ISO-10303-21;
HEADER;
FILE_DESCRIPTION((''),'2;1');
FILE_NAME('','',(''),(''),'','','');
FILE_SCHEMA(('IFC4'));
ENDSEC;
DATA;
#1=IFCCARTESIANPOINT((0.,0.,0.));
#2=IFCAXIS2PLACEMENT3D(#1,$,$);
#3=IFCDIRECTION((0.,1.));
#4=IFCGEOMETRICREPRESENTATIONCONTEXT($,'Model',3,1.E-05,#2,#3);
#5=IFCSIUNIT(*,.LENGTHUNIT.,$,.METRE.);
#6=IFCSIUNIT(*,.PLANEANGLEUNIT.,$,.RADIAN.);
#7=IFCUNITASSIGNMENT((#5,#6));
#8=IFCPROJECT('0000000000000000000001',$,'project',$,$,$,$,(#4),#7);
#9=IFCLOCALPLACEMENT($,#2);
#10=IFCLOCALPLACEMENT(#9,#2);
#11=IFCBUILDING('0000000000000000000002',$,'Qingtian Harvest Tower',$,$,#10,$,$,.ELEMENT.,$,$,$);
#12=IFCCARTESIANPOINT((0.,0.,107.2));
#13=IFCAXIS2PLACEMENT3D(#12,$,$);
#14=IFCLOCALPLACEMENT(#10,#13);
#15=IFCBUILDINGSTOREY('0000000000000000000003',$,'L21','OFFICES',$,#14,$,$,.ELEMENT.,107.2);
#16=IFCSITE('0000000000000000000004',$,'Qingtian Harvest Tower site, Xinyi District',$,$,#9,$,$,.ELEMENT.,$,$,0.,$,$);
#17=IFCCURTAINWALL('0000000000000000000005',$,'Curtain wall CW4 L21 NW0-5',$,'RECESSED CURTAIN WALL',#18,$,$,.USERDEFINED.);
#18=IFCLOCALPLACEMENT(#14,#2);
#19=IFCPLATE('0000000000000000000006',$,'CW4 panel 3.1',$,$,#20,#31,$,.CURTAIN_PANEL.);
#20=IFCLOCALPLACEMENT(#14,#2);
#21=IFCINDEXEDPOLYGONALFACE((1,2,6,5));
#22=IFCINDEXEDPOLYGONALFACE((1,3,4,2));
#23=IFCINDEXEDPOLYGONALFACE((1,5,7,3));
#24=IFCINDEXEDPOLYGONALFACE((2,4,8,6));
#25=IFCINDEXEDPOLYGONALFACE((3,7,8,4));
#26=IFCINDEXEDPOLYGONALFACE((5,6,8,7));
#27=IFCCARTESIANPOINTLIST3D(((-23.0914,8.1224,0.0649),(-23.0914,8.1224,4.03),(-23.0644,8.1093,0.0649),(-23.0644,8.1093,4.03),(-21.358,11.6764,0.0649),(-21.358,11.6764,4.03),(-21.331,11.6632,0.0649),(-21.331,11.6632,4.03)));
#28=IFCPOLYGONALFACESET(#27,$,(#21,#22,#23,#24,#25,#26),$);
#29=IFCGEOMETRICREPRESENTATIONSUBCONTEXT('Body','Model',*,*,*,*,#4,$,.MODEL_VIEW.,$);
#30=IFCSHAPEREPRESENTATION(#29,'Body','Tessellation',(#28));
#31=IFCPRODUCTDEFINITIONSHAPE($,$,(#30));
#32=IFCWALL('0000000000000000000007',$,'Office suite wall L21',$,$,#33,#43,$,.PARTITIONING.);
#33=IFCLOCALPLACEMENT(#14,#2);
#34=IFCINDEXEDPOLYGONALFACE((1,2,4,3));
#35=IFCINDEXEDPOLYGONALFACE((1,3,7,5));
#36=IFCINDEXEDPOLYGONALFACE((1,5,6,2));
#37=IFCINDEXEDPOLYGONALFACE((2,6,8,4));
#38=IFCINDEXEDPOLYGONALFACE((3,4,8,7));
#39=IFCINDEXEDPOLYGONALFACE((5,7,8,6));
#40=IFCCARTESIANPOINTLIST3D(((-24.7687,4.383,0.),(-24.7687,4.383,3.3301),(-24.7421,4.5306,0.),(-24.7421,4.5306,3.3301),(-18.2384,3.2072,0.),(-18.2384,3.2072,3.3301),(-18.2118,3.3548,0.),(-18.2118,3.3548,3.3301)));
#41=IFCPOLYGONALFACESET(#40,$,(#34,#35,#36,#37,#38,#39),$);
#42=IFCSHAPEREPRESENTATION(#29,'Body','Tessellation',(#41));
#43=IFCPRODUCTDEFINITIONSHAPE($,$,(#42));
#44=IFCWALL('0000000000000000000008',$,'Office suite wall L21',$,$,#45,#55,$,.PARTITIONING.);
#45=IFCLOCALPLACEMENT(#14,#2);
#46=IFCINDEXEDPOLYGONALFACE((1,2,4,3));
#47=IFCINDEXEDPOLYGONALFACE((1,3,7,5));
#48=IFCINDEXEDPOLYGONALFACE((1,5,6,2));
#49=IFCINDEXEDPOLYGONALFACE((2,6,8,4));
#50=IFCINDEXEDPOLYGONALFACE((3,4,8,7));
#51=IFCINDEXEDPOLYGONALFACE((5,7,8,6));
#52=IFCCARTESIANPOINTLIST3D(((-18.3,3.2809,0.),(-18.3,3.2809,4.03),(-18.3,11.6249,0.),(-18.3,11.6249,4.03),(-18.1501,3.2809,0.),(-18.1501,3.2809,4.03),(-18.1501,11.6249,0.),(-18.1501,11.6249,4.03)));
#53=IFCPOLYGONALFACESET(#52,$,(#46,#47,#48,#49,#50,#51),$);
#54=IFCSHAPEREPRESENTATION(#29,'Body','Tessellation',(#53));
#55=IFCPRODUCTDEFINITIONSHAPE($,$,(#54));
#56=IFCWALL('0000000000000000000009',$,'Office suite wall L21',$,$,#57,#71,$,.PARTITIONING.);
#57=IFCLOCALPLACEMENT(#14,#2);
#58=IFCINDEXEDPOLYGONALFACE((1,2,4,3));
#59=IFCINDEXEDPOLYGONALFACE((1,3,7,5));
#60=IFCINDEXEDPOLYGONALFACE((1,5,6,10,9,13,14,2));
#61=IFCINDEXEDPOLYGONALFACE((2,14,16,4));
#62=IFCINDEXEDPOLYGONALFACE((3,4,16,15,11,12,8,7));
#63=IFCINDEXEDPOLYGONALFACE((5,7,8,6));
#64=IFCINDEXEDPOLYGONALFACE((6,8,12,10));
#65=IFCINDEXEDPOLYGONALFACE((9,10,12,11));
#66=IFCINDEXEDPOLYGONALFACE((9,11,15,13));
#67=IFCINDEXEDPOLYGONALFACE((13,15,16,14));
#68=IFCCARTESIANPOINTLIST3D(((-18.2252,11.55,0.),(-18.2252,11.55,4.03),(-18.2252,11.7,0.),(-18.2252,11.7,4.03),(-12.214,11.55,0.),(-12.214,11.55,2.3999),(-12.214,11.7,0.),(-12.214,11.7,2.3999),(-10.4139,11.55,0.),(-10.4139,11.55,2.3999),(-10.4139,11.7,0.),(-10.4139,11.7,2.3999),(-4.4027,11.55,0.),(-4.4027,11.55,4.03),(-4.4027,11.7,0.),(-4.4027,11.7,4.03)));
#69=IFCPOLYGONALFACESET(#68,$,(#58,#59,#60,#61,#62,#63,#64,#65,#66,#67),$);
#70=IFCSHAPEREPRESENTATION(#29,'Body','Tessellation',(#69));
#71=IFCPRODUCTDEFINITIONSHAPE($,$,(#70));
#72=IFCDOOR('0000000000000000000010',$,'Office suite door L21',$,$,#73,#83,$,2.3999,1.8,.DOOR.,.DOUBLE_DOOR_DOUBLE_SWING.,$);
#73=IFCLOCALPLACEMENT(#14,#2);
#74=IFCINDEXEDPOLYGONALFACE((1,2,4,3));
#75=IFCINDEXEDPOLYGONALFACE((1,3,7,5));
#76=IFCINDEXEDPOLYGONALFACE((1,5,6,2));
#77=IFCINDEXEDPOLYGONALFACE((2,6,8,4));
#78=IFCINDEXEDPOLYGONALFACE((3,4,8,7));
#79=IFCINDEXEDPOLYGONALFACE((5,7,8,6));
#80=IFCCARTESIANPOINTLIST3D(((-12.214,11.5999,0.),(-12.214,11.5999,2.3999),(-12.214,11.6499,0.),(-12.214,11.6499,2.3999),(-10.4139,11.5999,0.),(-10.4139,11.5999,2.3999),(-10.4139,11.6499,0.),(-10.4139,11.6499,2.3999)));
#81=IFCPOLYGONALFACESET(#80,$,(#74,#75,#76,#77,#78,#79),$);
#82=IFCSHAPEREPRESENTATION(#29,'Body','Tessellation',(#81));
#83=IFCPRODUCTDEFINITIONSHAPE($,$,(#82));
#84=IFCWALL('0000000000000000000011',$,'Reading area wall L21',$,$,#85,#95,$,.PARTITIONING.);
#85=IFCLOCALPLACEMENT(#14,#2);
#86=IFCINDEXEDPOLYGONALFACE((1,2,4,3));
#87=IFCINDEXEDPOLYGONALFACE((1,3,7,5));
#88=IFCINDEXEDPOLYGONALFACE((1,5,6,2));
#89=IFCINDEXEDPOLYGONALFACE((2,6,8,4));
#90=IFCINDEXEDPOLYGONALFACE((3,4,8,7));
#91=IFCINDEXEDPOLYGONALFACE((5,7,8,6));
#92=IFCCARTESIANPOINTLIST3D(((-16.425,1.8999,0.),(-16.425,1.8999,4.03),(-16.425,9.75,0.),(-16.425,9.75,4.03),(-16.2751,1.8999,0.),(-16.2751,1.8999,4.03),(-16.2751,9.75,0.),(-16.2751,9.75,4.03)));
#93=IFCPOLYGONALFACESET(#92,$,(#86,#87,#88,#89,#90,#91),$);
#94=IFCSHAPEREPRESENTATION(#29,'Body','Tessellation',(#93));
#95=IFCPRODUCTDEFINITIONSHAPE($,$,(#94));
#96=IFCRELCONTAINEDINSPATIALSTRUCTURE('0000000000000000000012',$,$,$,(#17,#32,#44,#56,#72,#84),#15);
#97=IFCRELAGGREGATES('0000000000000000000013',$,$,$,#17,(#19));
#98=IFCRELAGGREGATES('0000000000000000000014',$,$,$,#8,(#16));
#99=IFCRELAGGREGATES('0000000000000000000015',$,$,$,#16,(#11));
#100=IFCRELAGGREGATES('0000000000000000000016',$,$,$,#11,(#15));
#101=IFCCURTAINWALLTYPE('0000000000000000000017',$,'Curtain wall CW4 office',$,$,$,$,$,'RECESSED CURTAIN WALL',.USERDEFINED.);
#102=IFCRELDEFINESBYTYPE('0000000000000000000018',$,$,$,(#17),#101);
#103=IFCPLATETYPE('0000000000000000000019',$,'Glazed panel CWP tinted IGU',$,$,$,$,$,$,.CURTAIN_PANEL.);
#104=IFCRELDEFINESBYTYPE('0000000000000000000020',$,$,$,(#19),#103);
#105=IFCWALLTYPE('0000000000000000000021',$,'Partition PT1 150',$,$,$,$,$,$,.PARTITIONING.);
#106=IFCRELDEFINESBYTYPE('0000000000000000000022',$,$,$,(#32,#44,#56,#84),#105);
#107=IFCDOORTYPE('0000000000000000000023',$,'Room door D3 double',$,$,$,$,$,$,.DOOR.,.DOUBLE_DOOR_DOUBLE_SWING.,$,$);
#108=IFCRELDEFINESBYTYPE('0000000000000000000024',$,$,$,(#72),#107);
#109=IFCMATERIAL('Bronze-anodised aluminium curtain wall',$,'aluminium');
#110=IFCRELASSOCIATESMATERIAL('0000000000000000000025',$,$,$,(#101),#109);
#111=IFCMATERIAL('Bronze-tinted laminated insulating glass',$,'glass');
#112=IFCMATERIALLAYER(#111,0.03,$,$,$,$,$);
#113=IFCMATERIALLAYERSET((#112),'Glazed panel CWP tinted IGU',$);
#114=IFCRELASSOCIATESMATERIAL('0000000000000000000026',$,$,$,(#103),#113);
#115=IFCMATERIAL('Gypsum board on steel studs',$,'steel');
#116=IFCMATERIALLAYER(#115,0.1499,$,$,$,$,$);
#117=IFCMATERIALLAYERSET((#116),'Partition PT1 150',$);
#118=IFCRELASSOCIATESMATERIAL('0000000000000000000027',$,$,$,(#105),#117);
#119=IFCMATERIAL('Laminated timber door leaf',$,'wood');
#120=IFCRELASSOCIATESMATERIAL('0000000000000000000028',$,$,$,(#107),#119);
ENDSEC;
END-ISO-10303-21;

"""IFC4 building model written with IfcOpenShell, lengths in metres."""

from ifc_helpers import new_model, si_unit, direction, frame, frame_2d, origin, origin_2d, place, context, subcontext, project, spatial, rectangle, extrude, material, layer, layer_set, type_object, element, fill, aggregate, save


model = new_model("IFC4")

# Units and contexts
model_context = context("Model", 3, precision=1e-05, world=origin(), true_north=direction((0.0, 1.0)))
body_context = subcontext(model_context, "Body", "Model", "MODEL_VIEW")
ifc_project = project(units=[si_unit("LENGTHUNIT", "METRE"), si_unit("PLANEANGLEUNIT", "RADIAN")], contexts=[model_context])

# Site, building, storey
site_placement = place(None, origin())
site = spatial("IfcSite", under=ifc_project, at=site_placement, Name="Qingtian Harvest Tower site, Xinyi District", CompositionType="ELEMENT", RefElevation=0.0)
building_placement = place(site_placement, origin())
building = spatial("IfcBuilding", under=site, at=building_placement, Name="Qingtian Harvest Tower", CompositionType="ELEMENT")
storey_placement = place(building_placement, frame((0.0, 0.0, 107.2)))
storey = spatial("IfcBuildingStorey", under=building, at=storey_placement, Name="L21", Description="OFFICES", CompositionType="ELEMENT", Elevation=107.2)

# Shared definitions
ifc_material_1 = material(Name="Bronze-anodised aluminium curtain wall", Category="aluminium")
curtain_wall_type = type_object("IfcCurtainWallType", Name="Curtain wall CW4 office", ElementType="RECESSED CURTAIN WALL", PredefinedType="USERDEFINED", material=ifc_material_1)

# Curtain wall
curtain_wall_1_placement = place(storey_placement, origin())
curtain_wall_1 = element("IfcCurtainWall", 1, at=curtain_wall_1_placement, inside=storey, type_object=curtain_wall_type, Name="Curtain wall CW4 L21 NW0-5", ObjectType="RECESSED CURTAIN WALL", PredefinedType="USERDEFINED")

# Plate
ifc_material_2 = material(Name="Bronze-tinted laminated insulating glass", Category="glass")
ifc_layer_1 = layer(ifc_material_2, 0.03)
ifc_layer_set_1 = layer_set([ifc_layer_1], Name="Glazed panel CWP tinted IGU")
plate_type = type_object("IfcPlateType", Name="Glazed panel CWP tinted IGU", PredefinedType="CURTAIN_PANEL", material=ifc_layer_set_1)
plate_1_placement = place(storey_placement, frame((-22.2112, 9.8928, 0.0649), z_axis=(0.0, 0.0, 1.0), x_axis=(0.438371, 0.898794, 0.0)))
plate_1 = element("IfcPlate", 2, at=plate_1_placement, type_object=plate_type, Name="CW4 panel 3.1", PredefinedType="CURTAIN_PANEL", context=body_context, shape_type="SweptSolid", body=[
    extrude(rectangle(XDim=3.9541, YDim=0.03, at=origin_2d()), origin(), (0.0, 0.0, 1.0), 3.9651),
])
aggregate(curtain_wall_1, [plate_1])

# Walls
ifc_material_3 = material(Name="Gypsum board on steel studs", Category="steel")
ifc_layer_2 = layer(ifc_material_3, 0.1499)
ifc_layer_set_2 = layer_set([ifc_layer_2], Name="Partition PT1 150")
wall_type = type_object("IfcWallType", Name="Partition PT1 150", PredefinedType="PARTITIONING", material=ifc_layer_set_2)
wall_1_placement = place(storey_placement, frame((-24.7554, 4.4568, 0.0), z_axis=(0.0, 0.0, 1.0), x_axis=(0.984175, -0.177201, 0.0)))
element("IfcWall", 3, at=wall_1_placement, inside=storey, type_object=wall_type, Name="Office suite wall L21", PredefinedType="PARTITIONING", context=body_context, shape_type="SweptSolid", body=[
    extrude(rectangle(XDim=6.6353, YDim=0.1499, at=frame_2d((3.3176, 0.0))), origin(), (0.0, 0.0, 1.0), 3.3301),
])
wall_2_placement = place(storey_placement, frame((-18.2251, 3.281, 0.0), z_axis=(0.0, 0.0, 1.0), x_axis=(0.0, 1.0, 0.0)))
element("IfcWall", 4, at=wall_2_placement, inside=storey, type_object=wall_type, Name="Office suite wall L21", PredefinedType="PARTITIONING", context=body_context, shape_type="SweptSolid", body=[
    extrude(rectangle(XDim=8.344, YDim=0.1499, at=frame_2d((4.1719, 0.0))), origin(), (0.0, 0.0, 1.0), 4.03),
])

# Wall, opening, door
wall_3_placement = place(storey_placement, frame((-18.2251, 11.625, 0.0), z_axis=(0.0, 0.0, 1.0), x_axis=(1.0, 0.0, 0.0)))
wall_3 = element("IfcWall", 5, at=wall_3_placement, inside=storey, type_object=wall_type, Name="Office suite wall L21", PredefinedType="PARTITIONING", context=body_context, shape_type="SweptSolid", body=[
    extrude(rectangle(XDim=13.8225, YDim=0.1499, at=frame_2d((6.9111, 0.0))), origin(), (0.0, 0.0, 1.0), 4.03),
])
opening_placement = place(wall_3_placement, frame((6.0112, 0.0, 0.0)))
opening = element("IfcOpeningElement", 6, at=opening_placement, cuts=wall_3, PredefinedType="OPENING", context=body_context, shape_type="SweptSolid", body=[
    extrude(rectangle(XDim=1.8, YDim=2.3999, at=frame_2d((0.8999, 1.2))), frame((0.0, 0.085, 0.0), z_axis=(0.0, -1.0, 0.0), x_axis=(1.0, 0.0, 0.0)), (0.0, 0.0, 1.0), 0.1699),
])
ifc_material_4 = material(Name="Laminated timber door leaf", Category="wood")
door_type = type_object("IfcDoorType", Name="Room door D3 double", OperationType="DOUBLE_DOOR_DOUBLE_SWING", PredefinedType="DOOR", material=ifc_material_4)
door_placement = place(opening_placement, origin())
door = element("IfcDoor", 7, at=door_placement, inside=storey, type_object=door_type, Name="Office suite door L21", OperationType="DOUBLE_DOOR_DOUBLE_SWING", OverallHeight=2.3999, OverallWidth=1.8, PredefinedType="DOOR", context=body_context, shape_type="SweptSolid", body=[
    extrude(rectangle(XDim=1.8, YDim=2.3999, at=frame_2d((0.8999, 1.2))), frame((0.0, 0.0249, 0.0), z_axis=(0.0, -1.0, 0.0), x_axis=(1.0, 0.0, 0.0)), (0.0, 0.0, 1.0), 0.05),
])
fill(opening, door)

# Wall
wall_4_placement = place(storey_placement, frame((-16.3501, 1.8999, 0.0), z_axis=(0.0, 0.0, 1.0), x_axis=(0.0, 1.0, 0.0)))
element("IfcWall", 8, at=wall_4_placement, inside=storey, type_object=wall_type, Name="Reading area wall L21", PredefinedType="PARTITIONING", context=body_context, shape_type="SweptSolid", body=[
    extrude(rectangle(XDim=7.8501, YDim=0.1499, at=frame_2d((3.925, 0.0))), origin(), (0.0, 0.0, 1.0), 4.03),
])

save(model, "model.ifc")
